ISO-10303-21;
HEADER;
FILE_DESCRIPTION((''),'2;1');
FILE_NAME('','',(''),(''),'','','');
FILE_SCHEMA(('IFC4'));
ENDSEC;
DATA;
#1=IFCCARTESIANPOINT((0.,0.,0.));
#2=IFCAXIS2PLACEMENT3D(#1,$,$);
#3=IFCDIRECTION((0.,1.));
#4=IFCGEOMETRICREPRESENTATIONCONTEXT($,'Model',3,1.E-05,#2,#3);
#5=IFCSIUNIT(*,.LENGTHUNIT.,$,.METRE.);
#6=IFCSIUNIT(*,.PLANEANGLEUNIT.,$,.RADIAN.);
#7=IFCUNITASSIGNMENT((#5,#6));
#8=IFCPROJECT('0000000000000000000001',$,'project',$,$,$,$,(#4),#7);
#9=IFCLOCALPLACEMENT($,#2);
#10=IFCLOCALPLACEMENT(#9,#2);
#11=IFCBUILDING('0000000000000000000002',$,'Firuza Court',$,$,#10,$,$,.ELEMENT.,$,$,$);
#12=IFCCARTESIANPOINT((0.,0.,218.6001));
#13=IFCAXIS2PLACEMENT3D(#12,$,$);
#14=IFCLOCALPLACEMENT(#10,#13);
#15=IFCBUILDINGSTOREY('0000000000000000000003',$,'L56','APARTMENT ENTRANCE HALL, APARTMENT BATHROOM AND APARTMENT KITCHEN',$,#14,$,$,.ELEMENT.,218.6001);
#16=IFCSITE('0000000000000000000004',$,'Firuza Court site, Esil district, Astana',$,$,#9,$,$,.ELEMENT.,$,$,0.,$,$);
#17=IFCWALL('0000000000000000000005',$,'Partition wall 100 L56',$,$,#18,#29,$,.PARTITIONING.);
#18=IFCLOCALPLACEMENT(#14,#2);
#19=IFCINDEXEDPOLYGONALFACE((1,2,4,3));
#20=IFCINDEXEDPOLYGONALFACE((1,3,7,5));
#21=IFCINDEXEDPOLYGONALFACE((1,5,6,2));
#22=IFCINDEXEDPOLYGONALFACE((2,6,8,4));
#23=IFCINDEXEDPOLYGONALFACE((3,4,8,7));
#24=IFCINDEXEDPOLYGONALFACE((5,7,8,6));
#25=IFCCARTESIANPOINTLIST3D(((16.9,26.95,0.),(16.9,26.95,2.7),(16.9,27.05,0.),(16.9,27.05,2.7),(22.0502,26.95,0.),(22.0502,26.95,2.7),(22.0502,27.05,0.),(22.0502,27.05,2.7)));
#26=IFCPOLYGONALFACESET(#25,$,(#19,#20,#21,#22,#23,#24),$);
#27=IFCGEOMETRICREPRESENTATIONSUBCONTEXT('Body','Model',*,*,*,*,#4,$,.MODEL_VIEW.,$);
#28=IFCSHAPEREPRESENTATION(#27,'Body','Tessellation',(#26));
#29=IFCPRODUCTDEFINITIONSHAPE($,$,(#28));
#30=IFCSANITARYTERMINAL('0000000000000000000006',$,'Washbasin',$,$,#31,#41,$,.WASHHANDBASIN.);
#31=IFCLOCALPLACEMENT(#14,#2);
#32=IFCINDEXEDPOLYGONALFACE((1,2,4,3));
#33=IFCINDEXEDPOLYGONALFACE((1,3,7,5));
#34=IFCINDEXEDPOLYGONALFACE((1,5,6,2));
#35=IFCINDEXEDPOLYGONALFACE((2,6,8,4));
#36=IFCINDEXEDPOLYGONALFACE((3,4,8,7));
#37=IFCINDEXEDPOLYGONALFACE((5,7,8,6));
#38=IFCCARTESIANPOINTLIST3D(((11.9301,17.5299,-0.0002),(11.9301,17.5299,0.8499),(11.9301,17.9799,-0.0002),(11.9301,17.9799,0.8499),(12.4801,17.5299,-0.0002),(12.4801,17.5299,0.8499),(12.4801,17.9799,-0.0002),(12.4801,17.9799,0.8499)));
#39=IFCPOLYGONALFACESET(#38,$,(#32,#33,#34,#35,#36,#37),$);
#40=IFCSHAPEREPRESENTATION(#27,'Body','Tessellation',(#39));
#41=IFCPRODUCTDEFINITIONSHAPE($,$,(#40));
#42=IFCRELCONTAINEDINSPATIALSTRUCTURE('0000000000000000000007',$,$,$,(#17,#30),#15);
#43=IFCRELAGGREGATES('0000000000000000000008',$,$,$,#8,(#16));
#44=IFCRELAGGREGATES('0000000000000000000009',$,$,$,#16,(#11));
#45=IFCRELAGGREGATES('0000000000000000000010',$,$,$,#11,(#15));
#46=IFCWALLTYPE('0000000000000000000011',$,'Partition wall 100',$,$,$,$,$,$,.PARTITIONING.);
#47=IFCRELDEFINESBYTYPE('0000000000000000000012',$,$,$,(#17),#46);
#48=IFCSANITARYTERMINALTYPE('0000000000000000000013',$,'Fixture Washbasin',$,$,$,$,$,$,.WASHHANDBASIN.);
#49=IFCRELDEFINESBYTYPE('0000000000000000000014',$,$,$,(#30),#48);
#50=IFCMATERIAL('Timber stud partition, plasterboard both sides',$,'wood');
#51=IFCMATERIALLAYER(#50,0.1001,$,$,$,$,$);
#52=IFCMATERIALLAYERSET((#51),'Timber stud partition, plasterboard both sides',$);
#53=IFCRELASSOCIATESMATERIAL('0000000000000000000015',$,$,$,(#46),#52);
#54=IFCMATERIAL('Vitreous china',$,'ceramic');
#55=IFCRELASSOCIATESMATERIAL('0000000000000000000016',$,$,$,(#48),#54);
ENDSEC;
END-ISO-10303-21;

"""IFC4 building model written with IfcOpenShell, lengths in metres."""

from ifc_helpers import new_model, si_unit, direction, frame, frame_2d, origin, origin_2d, place, context, subcontext, project, spatial, rectangle, extrude, material, layer, layer_set, type_object, element, save


model = new_model("IFC4")

# Units and contexts
model_context = context("Model", 3, precision=1e-05, world=origin(), true_north=direction((0.0, 1.0)))
body_context = subcontext(model_context, "Body", "Model", "MODEL_VIEW")
ifc_project = project(units=[si_unit("LENGTHUNIT", "METRE"), si_unit("PLANEANGLEUNIT", "RADIAN")], contexts=[model_context])

# Site, building, storey
site_placement = place(None, origin())
site = spatial("IfcSite", under=ifc_project, at=site_placement, Name="Firuza Court site, Esil district, Astana", CompositionType="ELEMENT", RefElevation=0.0)
building_placement = place(site_placement, origin())
building = spatial("IfcBuilding", under=site, at=building_placement, Name="Firuza Court", CompositionType="ELEMENT")
storey_placement = place(building_placement, frame((0.0, 0.0, 218.6001)))
storey = spatial("IfcBuildingStorey", under=building, at=storey_placement, Name="L56", Description="APARTMENT ENTRANCE HALL, APARTMENT BATHROOM AND APARTMENT KITCHEN", CompositionType="ELEMENT", Elevation=218.6001)

# Shared definitions
ifc_material_1 = material(Name="Timber stud partition, plasterboard both sides", Category="wood")
ifc_layer = layer(ifc_material_1, 0.1001)
ifc_layer_set = layer_set([ifc_layer], Name="Timber stud partition, plasterboard both sides")
wall_type = type_object("IfcWallType", Name="Partition wall 100", PredefinedType="PARTITIONING", material=ifc_layer_set)

# Wall
wall_1_placement = place(storey_placement, frame((16.8999, 27.0, 0.0), z_axis=(0.0, 0.0, 1.0), x_axis=(1.0, 0.0, 0.0)))
element("IfcWall", 1, at=wall_1_placement, inside=storey, type_object=wall_type, Name="Partition wall 100 L56", PredefinedType="PARTITIONING", context=body_context, shape_type="SweptSolid", body=[
    extrude(rectangle(XDim=5.1501, YDim=0.1001, at=frame_2d((2.5752, 0.0))), origin(), (0.0, 0.0, 1.0), 2.7),
])

# Sanitary terminal
ifc_material_2 = material(Name="Vitreous china", Category="ceramic")
sanitary_terminal_type = type_object("IfcSanitaryTerminalType", Name="Fixture Washbasin", PredefinedType="WASHHANDBASIN", material=ifc_material_2)
sanitary_terminal_placement = place(storey_placement, frame((12.2051, 17.7549, -0.0002), z_axis=(0.0, 0.0, 1.0), x_axis=(1.0, 0.0, 0.0)))
element("IfcSanitaryTerminal", 2, at=sanitary_terminal_placement, inside=storey, type_object=sanitary_terminal_type, Name="Washbasin", PredefinedType="WASHHANDBASIN", context=body_context, shape_type="SweptSolid", body=[
    extrude(rectangle(XDim=0.55, YDim=0.45, at=origin_2d()), origin(), (0.0, 0.0, 1.0), 0.8501),
])

save(model, "model.ifc")
